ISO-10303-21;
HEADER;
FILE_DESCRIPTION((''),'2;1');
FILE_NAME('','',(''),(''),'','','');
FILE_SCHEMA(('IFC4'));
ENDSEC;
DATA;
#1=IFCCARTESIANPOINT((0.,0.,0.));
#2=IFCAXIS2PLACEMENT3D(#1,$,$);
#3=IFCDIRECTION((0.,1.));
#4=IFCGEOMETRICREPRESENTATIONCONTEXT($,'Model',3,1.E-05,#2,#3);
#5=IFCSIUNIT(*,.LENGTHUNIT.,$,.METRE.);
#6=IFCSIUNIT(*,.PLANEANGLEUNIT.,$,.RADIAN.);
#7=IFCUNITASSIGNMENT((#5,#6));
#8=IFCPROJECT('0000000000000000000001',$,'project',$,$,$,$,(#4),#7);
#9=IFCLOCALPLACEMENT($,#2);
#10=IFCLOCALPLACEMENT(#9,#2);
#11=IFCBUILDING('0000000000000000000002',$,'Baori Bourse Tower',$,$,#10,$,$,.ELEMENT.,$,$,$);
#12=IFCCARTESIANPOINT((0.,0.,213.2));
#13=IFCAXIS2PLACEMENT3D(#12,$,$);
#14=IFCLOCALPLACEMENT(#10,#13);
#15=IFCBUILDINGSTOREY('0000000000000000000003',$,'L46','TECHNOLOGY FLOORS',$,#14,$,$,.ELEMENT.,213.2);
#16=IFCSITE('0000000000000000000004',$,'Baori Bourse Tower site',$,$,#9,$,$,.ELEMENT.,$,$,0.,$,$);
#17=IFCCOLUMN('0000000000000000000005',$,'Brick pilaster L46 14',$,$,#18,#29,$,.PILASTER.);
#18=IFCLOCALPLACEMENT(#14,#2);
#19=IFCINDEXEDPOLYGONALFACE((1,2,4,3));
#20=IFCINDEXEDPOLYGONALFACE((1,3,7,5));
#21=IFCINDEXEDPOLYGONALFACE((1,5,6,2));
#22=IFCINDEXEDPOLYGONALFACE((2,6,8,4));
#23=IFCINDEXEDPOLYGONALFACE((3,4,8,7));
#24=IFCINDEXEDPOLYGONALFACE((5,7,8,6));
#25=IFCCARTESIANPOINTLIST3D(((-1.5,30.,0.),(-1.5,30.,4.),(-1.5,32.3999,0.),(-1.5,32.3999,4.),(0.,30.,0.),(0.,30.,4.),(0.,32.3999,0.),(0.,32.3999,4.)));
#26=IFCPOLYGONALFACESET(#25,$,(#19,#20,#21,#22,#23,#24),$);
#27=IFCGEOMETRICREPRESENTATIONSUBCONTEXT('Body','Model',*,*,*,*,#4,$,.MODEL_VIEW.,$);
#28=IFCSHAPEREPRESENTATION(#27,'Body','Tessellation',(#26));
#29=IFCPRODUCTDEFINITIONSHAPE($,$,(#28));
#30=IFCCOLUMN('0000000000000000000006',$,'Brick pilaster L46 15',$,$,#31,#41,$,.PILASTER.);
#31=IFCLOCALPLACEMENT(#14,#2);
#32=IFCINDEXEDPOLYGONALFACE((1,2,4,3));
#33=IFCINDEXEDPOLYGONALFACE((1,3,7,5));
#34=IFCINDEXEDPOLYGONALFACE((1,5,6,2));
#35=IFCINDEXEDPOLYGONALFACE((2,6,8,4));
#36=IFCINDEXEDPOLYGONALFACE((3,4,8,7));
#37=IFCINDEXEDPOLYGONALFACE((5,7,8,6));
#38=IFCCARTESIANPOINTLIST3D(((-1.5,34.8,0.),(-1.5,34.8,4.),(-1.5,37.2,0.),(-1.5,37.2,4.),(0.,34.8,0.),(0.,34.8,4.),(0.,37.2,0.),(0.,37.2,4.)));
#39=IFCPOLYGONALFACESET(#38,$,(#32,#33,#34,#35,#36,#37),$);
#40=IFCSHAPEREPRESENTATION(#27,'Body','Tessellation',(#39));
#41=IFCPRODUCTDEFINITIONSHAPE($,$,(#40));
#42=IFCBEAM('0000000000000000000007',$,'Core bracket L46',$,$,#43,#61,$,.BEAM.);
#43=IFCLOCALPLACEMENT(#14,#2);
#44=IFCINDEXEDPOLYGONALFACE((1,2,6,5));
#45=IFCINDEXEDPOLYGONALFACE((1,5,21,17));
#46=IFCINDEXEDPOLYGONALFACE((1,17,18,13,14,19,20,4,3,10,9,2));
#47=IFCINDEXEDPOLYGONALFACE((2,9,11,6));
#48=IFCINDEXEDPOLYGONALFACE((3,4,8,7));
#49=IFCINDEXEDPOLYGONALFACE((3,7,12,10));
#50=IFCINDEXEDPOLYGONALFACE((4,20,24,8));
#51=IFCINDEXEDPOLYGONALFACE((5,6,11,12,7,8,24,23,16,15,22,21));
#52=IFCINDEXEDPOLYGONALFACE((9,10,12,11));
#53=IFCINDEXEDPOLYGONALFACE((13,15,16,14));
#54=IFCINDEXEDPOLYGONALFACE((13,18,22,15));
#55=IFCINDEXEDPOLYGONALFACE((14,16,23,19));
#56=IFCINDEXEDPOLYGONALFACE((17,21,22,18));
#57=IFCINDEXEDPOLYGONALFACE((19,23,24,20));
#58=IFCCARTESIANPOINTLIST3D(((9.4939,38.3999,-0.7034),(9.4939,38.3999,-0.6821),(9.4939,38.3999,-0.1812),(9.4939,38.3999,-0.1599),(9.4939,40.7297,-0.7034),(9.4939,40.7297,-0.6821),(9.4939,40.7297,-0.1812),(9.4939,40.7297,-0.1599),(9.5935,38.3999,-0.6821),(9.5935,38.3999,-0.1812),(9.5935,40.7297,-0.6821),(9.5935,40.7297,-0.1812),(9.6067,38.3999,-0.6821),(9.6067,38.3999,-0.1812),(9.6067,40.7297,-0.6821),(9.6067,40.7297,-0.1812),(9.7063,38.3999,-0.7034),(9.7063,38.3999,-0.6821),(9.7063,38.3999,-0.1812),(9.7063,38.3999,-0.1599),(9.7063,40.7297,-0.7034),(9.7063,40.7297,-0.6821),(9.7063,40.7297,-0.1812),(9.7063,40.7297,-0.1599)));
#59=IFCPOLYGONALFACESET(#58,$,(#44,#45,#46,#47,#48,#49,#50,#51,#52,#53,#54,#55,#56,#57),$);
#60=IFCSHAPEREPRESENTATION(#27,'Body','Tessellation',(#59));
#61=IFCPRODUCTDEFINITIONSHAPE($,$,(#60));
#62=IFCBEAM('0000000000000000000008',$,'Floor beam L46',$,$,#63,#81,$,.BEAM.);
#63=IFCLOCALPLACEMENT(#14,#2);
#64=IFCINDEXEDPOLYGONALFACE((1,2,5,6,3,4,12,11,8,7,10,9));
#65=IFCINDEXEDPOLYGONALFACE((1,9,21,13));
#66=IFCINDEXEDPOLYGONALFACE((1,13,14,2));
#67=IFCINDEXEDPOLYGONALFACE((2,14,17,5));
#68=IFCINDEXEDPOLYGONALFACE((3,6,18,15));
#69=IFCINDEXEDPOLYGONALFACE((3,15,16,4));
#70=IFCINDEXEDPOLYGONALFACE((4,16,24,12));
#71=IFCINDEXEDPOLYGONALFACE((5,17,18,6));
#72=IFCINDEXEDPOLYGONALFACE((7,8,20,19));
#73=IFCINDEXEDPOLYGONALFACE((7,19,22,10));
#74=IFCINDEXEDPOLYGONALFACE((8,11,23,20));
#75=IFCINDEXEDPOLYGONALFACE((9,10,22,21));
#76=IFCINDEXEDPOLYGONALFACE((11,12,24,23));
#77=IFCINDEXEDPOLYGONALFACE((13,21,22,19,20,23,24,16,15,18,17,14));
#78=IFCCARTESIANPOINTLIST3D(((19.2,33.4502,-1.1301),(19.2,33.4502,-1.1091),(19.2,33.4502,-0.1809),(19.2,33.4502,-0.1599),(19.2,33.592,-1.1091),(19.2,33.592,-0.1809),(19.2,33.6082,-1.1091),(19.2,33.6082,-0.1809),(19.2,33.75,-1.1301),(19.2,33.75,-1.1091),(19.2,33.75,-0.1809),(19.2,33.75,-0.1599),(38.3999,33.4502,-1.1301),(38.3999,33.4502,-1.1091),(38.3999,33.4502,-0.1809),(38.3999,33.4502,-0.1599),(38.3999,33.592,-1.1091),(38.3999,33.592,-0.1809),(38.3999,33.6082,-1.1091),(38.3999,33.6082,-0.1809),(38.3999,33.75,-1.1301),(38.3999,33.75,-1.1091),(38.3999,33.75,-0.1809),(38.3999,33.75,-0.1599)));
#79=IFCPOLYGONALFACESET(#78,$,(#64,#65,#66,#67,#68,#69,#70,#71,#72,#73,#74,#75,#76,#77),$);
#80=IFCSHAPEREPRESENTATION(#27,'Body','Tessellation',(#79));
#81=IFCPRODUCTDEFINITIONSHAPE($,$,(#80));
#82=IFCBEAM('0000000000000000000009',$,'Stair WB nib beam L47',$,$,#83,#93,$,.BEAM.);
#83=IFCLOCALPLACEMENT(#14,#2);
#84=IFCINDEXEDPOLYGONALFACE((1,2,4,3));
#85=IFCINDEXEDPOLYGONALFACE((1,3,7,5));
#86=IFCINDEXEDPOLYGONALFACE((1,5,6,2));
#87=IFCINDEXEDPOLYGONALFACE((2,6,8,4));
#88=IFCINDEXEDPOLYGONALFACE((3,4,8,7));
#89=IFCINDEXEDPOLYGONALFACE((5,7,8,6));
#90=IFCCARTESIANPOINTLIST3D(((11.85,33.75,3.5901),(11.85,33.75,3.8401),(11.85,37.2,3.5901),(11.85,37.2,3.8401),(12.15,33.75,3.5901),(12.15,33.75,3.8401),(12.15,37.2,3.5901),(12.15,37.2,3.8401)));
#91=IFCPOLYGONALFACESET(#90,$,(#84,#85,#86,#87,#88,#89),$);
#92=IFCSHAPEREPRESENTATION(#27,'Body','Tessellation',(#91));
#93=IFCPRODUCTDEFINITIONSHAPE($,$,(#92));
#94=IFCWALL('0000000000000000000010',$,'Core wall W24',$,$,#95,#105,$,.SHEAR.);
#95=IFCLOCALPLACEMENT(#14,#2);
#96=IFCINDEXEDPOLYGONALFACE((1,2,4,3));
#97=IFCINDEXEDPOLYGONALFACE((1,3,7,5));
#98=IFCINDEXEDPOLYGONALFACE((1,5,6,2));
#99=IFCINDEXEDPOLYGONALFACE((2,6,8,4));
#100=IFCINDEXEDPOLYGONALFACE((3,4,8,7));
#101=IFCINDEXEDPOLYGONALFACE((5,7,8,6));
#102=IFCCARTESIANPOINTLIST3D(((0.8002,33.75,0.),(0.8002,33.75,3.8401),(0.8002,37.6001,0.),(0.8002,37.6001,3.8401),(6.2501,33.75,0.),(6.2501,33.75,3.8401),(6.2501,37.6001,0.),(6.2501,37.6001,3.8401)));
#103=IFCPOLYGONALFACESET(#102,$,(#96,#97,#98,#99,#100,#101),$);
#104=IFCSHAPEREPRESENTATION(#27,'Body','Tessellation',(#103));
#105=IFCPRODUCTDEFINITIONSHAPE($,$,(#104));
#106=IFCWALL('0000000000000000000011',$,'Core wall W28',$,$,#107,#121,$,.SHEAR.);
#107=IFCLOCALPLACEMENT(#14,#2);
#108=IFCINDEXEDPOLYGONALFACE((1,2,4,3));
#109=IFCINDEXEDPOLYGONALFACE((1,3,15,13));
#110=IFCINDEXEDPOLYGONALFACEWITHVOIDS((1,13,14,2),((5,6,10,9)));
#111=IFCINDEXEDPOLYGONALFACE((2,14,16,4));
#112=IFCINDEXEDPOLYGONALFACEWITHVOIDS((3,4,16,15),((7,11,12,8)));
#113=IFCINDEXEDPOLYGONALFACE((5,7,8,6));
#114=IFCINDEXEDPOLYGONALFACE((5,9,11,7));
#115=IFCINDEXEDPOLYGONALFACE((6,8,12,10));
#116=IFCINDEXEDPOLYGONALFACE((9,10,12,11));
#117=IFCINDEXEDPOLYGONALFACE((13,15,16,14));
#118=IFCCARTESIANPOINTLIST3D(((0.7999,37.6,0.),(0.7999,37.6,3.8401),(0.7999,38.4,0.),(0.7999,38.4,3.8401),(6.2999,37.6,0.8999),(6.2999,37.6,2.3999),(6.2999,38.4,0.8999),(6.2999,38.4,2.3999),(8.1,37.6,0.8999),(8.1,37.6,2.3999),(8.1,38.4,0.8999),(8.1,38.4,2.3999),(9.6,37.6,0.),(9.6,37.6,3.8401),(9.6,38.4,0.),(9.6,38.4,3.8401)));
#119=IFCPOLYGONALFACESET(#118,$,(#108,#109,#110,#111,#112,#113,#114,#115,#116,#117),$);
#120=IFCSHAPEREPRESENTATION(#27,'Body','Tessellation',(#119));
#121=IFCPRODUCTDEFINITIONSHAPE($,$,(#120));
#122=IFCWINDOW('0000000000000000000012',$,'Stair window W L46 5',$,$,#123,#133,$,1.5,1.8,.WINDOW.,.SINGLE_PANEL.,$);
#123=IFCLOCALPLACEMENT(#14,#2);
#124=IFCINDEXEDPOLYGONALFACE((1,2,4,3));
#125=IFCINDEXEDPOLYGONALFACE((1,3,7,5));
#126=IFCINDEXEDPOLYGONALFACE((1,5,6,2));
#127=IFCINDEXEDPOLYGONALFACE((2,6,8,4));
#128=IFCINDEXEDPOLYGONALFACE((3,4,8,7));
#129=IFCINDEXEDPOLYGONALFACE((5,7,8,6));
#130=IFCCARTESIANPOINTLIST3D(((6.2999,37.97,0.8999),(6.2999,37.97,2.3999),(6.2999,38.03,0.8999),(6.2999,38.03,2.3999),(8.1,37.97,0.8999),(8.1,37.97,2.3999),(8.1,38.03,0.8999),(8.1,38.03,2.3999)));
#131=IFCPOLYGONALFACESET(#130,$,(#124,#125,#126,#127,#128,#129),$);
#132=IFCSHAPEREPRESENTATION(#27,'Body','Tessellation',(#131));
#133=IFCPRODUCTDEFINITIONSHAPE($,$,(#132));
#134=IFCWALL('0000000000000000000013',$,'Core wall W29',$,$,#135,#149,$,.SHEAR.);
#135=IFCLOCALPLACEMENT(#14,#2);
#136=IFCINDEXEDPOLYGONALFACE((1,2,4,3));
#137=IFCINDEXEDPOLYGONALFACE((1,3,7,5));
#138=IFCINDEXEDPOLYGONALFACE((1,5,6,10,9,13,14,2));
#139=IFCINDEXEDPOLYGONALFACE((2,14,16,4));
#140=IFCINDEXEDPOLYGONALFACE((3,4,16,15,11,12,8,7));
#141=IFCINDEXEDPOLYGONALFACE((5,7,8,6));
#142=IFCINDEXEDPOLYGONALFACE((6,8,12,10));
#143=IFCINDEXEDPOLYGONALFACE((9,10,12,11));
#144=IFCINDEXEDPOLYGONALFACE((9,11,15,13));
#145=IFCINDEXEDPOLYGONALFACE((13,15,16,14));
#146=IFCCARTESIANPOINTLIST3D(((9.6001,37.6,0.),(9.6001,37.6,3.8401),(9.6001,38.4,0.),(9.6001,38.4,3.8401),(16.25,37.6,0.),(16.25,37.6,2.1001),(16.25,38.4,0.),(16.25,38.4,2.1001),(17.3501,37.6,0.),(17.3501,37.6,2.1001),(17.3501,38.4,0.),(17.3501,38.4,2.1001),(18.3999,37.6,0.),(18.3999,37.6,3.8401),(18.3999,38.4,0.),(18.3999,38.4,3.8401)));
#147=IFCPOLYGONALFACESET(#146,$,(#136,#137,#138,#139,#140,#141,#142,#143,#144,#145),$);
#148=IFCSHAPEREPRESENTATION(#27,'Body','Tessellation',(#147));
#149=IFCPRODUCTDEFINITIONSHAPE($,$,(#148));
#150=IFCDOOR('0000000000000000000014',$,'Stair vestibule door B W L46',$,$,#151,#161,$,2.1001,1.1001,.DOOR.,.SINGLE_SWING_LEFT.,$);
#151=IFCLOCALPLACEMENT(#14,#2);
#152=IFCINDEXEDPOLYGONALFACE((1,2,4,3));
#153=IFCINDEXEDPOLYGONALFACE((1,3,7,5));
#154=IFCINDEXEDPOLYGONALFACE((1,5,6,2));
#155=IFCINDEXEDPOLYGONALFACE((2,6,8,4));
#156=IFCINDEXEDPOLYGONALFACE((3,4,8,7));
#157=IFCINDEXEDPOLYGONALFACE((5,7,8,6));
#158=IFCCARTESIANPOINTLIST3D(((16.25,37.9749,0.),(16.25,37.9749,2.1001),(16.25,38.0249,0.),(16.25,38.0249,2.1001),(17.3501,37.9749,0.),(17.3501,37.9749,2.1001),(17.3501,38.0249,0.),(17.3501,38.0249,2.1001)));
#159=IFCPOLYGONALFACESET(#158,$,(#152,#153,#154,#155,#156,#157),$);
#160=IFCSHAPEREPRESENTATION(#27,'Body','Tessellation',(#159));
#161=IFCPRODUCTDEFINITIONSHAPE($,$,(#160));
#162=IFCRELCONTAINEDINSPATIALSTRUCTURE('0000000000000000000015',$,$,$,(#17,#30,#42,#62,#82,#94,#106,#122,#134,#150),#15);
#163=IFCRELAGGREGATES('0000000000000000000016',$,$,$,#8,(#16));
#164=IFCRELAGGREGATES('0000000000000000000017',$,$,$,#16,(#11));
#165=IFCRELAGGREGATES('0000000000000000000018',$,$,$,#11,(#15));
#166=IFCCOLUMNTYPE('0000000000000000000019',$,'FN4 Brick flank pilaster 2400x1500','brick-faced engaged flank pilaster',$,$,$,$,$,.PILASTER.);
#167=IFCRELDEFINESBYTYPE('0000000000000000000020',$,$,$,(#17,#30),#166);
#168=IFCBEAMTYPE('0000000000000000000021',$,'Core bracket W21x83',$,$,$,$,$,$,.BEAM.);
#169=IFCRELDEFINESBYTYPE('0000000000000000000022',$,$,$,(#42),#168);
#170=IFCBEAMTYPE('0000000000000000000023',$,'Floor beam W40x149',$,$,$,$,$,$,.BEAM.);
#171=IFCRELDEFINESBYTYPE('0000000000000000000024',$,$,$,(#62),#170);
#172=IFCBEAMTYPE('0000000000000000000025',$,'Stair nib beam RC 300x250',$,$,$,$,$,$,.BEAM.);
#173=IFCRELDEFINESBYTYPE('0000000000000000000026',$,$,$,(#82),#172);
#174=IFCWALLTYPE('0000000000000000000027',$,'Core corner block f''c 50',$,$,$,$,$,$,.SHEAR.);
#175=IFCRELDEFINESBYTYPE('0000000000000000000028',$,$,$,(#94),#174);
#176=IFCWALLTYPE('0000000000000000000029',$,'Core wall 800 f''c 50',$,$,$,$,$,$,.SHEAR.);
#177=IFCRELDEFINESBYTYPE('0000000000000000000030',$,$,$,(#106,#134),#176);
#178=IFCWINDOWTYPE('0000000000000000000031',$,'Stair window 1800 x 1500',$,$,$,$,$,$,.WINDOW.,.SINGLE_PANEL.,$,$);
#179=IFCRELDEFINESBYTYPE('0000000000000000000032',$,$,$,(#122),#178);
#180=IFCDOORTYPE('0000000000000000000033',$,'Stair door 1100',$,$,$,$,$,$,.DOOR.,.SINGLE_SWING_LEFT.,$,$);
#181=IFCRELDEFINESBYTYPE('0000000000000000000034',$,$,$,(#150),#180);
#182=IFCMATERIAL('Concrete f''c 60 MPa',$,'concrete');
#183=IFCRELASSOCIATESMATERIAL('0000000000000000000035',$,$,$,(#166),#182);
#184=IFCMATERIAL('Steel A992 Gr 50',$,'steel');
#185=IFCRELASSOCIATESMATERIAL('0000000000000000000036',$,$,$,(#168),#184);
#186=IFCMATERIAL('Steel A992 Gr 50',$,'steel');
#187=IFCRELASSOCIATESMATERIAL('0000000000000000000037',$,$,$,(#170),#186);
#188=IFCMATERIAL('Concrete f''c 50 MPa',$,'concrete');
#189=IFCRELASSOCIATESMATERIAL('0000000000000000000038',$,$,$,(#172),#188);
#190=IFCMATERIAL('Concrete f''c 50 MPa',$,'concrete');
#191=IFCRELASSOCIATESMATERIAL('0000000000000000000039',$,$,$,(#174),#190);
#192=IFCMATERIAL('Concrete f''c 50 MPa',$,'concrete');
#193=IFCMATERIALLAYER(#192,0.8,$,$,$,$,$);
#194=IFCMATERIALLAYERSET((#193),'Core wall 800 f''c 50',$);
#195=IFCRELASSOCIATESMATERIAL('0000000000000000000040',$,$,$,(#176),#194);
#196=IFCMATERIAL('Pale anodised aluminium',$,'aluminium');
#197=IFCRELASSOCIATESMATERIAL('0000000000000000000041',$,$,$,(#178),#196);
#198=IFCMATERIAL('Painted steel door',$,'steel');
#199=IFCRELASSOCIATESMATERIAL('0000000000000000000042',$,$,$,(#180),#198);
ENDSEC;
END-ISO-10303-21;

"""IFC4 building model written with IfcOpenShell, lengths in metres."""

from ifc_helpers import new_model, si_unit, direction, frame, frame_2d, origin, origin_2d, place, context, subcontext, project, spatial, rectangle, i_section, extrude, material, layer, layer_set, material_profile, profile_set, type_object, element, fill, save


model = new_model("IFC4")

# Units and contexts
model_context = context("Model", 3, precision=1e-05, world=origin(), true_north=direction((0.0, 1.0)))
body_context = subcontext(model_context, "Body", "Model", "MODEL_VIEW")
ifc_project = project(units=[si_unit("LENGTHUNIT", "METRE"), si_unit("PLANEANGLEUNIT", "RADIAN")], contexts=[model_context])

# Site, building, storey
site_placement = place(None, origin())
site = spatial("IfcSite", under=ifc_project, at=site_placement, Name="Baori Bourse Tower site", CompositionType="ELEMENT", RefElevation=0.0)
building_placement = place(site_placement, origin())
building = spatial("IfcBuilding", under=site, at=building_placement, Name="Baori Bourse Tower", CompositionType="ELEMENT")
storey_placement = place(building_placement, frame((0.0, 0.0, 213.2)))
storey = spatial("IfcBuildingStorey", under=building, at=storey_placement, Name="L46", Description="TECHNOLOGY FLOORS", CompositionType="ELEMENT", Elevation=213.2)

# Columns
ifc_material_1 = material(Name="Concrete f'c 60 MPa", Category="concrete")
ifc_material_profile_1 = material_profile(ifc_material_1, rectangle(XDim=2.3999, YDim=1.5, at=origin_2d()), Name="RC 2400x1500")
ifc_profile_set_1 = profile_set([ifc_material_profile_1], Name="Concrete f'c 60 MPa")
column_type = type_object("IfcColumnType", Name="FN4 Brick flank pilaster 2400x1500", Description="brick-faced engaged flank pilaster", PredefinedType="PILASTER", material=ifc_profile_set_1)
for number, where, z_axis, x_axis, name in (
    (1, (-0.75, 31.2, 0.0), (0.0, 0.0, 1.0), (0.0, 1.0, 0.0), "Brick pilaster L46 14"),
    (2, (-0.75, 36.0, 0.0), (0.0, 0.0, 1.0), (0.0, 1.0, 0.0), "Brick pilaster L46 15"),
):
    element("IfcColumn", number, at=place(storey_placement, frame(where, z_axis=z_axis, x_axis=x_axis)), inside=storey, type_object=column_type, Name=name, PredefinedType="PILASTER", context=body_context, shape_type="SweptSolid", body=[
        extrude(rectangle(XDim=2.3999, YDim=1.5, at=origin_2d()), origin(), (0.0, 0.0, 1.0), 4.0),
    ])

# Beams
ifc_material_2 = material(Name="Steel A992 Gr 50", Category="steel")
ifc_material_profile_2 = material_profile(ifc_material_2, i_section(OverallWidth=0.2124, OverallDepth=0.5435, WebThickness=0.0132, FlangeThickness=0.0212, at=origin_2d()), Name="W21x83")
ifc_profile_set_2 = profile_set([ifc_material_profile_2], Name="Steel A992 Gr 50")
beam_type_1 = type_object("IfcBeamType", Name="Core bracket W21x83", PredefinedType="BEAM", material=ifc_profile_set_2)
beam_1_placement = place(storey_placement, frame((9.6001, 38.3999, -0.4316), z_axis=(0.0, 1.0, 0.0), x_axis=(-1.0, 0.0, 0.0)))
element("IfcBeam", 3, at=beam_1_placement, inside=storey, type_object=beam_type_1, Name="Core bracket L46", PredefinedType="BEAM", context=body_context, shape_type="SweptSolid", body=[
    extrude(i_section(OverallWidth=0.2124, OverallDepth=0.5435, WebThickness=0.0132, FlangeThickness=0.0212, at=origin_2d()), origin(), (0.0, 0.0, 1.0), 2.3298),
])
ifc_material_3 = material(Name="Steel A992 Gr 50", Category="steel")
ifc_material_profile_3 = material_profile(ifc_material_3, i_section(OverallWidth=0.2998, OverallDepth=0.9702, WebThickness=0.0161, FlangeThickness=0.021, at=origin_2d()), Name="W40x149")
ifc_profile_set_3 = profile_set([ifc_material_profile_3], Name="Steel A992 Gr 50")
beam_type_2 = type_object("IfcBeamType", Name="Floor beam W40x149", PredefinedType="BEAM", material=ifc_profile_set_3)
beam_2_placement = place(storey_placement, frame((19.2, 33.6001, -0.645), z_axis=(1.0, 0.0, 0.0), x_axis=(0.0, 1.0, 0.0)))
element("IfcBeam", 4, at=beam_2_placement, inside=storey, type_object=beam_type_2, Name="Floor beam L46", PredefinedType="BEAM", context=body_context, shape_type="SweptSolid", body=[
    extrude(i_section(OverallWidth=0.2998, OverallDepth=0.9702, WebThickness=0.0161, FlangeThickness=0.021, at=origin_2d()), origin(), (0.0, 0.0, 1.0), 19.2),
])
ifc_material_4 = material(Name="Concrete f'c 50 MPa", Category="concrete")
ifc_material_profile_4 = material_profile(ifc_material_4, rectangle(XDim=0.3, YDim=0.25, at=origin_2d()), Name="RC 300x250")
ifc_profile_set_4 = profile_set([ifc_material_profile_4], Name="Concrete f'c 50 MPa")
beam_type_3 = type_object("IfcBeamType", Name="Stair nib beam RC 300x250", PredefinedType="BEAM", material=ifc_profile_set_4)
beam_3_placement = place(storey_placement, frame((12.0, 33.75, 3.7151), z_axis=(0.0, 1.0, 0.0), x_axis=(-1.0, 0.0, 0.0)))
element("IfcBeam", 5, at=beam_3_placement, inside=storey, type_object=beam_type_3, Name="Stair WB nib beam L47", PredefinedType="BEAM", context=body_context, shape_type="SweptSolid", body=[
    extrude(rectangle(XDim=0.3, YDim=0.25, at=origin_2d()), origin(), (0.0, 0.0, 1.0), 3.45),
])

# Wall
ifc_material_5 = material(Name="Concrete f'c 50 MPa", Category="concrete")
wall_type_1 = type_object("IfcWallType", Name="Core corner block f'c 50", PredefinedType="SHEAR", material=ifc_material_5)
wall_1_placement = place(storey_placement, frame((0.8, 35.675, 0.0), z_axis=(0.0, 0.0, 1.0), x_axis=(1.0, 0.0, 0.0)))
element("IfcWall", 6, at=wall_1_placement, inside=storey, type_object=wall_type_1, Name="Core wall W24", PredefinedType="SHEAR", context=body_context, shape_type="SweptSolid", body=[
    extrude(rectangle(XDim=5.45, YDim=3.8501, at=frame_2d((2.7251, 0.0))), origin(), (0.0, 0.0, 1.0), 3.8401),
])

# Wall, opening, window
ifc_material_6 = material(Name="Concrete f'c 50 MPa", Category="concrete")
ifc_layer_1 = layer(ifc_material_6, 0.8)
ifc_layer_set_1 = layer_set([ifc_layer_1], Name="Core wall 800 f'c 50")
wall_type_2 = type_object("IfcWallType", Name="Core wall 800 f'c 50", PredefinedType="SHEAR", material=ifc_layer_set_1)
wall_2_placement = place(storey_placement, frame((0.8, 38.0, 0.0), z_axis=(0.0, 0.0, 1.0), x_axis=(1.0, 0.0, 0.0)))
wall_2 = element("IfcWall", 7, at=wall_2_placement, inside=storey, type_object=wall_type_2, Name="Core wall W28", PredefinedType="SHEAR", context=body_context, shape_type="SweptSolid", body=[
    extrude(rectangle(XDim=8.8, YDim=0.8, at=frame_2d((4.3999, 0.0))), origin(), (0.0, 0.0, 1.0), 3.8401),
])
opening_1_placement = place(wall_2_placement, frame((5.5, 0.0, 0.8999)))
opening_1 = element("IfcOpeningElement", 8, at=opening_1_placement, cuts=wall_2, PredefinedType="OPENING", context=body_context, shape_type="SweptSolid", body=[
    extrude(rectangle(XDim=1.8, YDim=1.5, at=frame_2d((0.8999, 0.75))), frame((0.0, 0.4099, 0.0), z_axis=(0.0, -1.0, 0.0), x_axis=(1.0, 0.0, 0.0)), (0.0, 0.0, 1.0), 0.8201),
])
ifc_material_7 = material(Name="Pale anodised aluminium", Category="aluminium")
window_type = type_object("IfcWindowType", Name="Stair window 1800 x 1500", PartitioningType="SINGLE_PANEL", PredefinedType="WINDOW", material=ifc_material_7)
window_placement = place(opening_1_placement, origin())
window = element("IfcWindow", 9, at=window_placement, inside=storey, type_object=window_type, Name="Stair window W L46 5", OverallHeight=1.5, OverallWidth=1.8, PartitioningType="SINGLE_PANEL", PredefinedType="WINDOW", context=body_context, shape_type="SweptSolid", body=[
    extrude(rectangle(XDim=1.8, YDim=1.5, at=frame_2d((0.8999, 0.75))), frame((0.0, 0.03, 0.0), z_axis=(0.0, -1.0, 0.0), x_axis=(1.0, 0.0, 0.0)), (0.0, 0.0, 1.0), 0.0601),
])
fill(opening_1, window)

# Wall, opening, door
wall_3_placement = place(storey_placement, frame((9.6001, 38.0, 0.0), z_axis=(0.0, 0.0, 1.0), x_axis=(1.0, 0.0, 0.0)))
wall_3 = element("IfcWall", 10, at=wall_3_placement, inside=storey, type_object=wall_type_2, Name="Core wall W29", PredefinedType="SHEAR", context=body_context, shape_type="SweptSolid", body=[
    extrude(rectangle(XDim=8.7998, YDim=0.8, at=frame_2d((4.3999, 0.0))), origin(), (0.0, 0.0, 1.0), 3.8401),
])
opening_2_placement = place(wall_3_placement, frame((6.6499, 0.0, 0.0)))
opening_2 = element("IfcOpeningElement", 11, at=opening_2_placement, cuts=wall_3, PredefinedType="OPENING", context=body_context, shape_type="SweptSolid", body=[
    extrude(rectangle(XDim=1.1001, YDim=2.1001, at=frame_2d((0.55, 1.05))), frame((0.0, 0.4099, 0.0), z_axis=(0.0, -1.0, 0.0), x_axis=(1.0, 0.0, 0.0)), (0.0, 0.0, 1.0), 0.8201),
])
ifc_material_8 = material(Name="Painted steel door", Category="steel")
door_type_1 = type_object("IfcDoorType", Name="Stair door 1100", OperationType="SINGLE_SWING_LEFT", PredefinedType="DOOR", material=ifc_material_8)
door_1_placement = place(opening_2_placement, origin())
door_1 = element("IfcDoor", 12, at=door_1_placement, inside=storey, type_object=door_type_1, Name="Stair vestibule door B W L46", OperationType="SINGLE_SWING_LEFT", OverallHeight=2.1001, OverallWidth=1.1001, PredefinedType="DOOR", context=body_context, shape_type="SweptSolid", body=[
    extrude(rectangle(XDim=1.1001, YDim=2.1001, at=frame_2d((0.55, 1.05))), frame((0.0, 0.0249, 0.0), z_axis=(0.0, -1.0, 0.0), x_axis=(1.0, 0.0, 0.0)), (0.0, 0.0, 1.0), 0.05),
])
fill(opening_2, door_1)

save(model, "model.ifc")
